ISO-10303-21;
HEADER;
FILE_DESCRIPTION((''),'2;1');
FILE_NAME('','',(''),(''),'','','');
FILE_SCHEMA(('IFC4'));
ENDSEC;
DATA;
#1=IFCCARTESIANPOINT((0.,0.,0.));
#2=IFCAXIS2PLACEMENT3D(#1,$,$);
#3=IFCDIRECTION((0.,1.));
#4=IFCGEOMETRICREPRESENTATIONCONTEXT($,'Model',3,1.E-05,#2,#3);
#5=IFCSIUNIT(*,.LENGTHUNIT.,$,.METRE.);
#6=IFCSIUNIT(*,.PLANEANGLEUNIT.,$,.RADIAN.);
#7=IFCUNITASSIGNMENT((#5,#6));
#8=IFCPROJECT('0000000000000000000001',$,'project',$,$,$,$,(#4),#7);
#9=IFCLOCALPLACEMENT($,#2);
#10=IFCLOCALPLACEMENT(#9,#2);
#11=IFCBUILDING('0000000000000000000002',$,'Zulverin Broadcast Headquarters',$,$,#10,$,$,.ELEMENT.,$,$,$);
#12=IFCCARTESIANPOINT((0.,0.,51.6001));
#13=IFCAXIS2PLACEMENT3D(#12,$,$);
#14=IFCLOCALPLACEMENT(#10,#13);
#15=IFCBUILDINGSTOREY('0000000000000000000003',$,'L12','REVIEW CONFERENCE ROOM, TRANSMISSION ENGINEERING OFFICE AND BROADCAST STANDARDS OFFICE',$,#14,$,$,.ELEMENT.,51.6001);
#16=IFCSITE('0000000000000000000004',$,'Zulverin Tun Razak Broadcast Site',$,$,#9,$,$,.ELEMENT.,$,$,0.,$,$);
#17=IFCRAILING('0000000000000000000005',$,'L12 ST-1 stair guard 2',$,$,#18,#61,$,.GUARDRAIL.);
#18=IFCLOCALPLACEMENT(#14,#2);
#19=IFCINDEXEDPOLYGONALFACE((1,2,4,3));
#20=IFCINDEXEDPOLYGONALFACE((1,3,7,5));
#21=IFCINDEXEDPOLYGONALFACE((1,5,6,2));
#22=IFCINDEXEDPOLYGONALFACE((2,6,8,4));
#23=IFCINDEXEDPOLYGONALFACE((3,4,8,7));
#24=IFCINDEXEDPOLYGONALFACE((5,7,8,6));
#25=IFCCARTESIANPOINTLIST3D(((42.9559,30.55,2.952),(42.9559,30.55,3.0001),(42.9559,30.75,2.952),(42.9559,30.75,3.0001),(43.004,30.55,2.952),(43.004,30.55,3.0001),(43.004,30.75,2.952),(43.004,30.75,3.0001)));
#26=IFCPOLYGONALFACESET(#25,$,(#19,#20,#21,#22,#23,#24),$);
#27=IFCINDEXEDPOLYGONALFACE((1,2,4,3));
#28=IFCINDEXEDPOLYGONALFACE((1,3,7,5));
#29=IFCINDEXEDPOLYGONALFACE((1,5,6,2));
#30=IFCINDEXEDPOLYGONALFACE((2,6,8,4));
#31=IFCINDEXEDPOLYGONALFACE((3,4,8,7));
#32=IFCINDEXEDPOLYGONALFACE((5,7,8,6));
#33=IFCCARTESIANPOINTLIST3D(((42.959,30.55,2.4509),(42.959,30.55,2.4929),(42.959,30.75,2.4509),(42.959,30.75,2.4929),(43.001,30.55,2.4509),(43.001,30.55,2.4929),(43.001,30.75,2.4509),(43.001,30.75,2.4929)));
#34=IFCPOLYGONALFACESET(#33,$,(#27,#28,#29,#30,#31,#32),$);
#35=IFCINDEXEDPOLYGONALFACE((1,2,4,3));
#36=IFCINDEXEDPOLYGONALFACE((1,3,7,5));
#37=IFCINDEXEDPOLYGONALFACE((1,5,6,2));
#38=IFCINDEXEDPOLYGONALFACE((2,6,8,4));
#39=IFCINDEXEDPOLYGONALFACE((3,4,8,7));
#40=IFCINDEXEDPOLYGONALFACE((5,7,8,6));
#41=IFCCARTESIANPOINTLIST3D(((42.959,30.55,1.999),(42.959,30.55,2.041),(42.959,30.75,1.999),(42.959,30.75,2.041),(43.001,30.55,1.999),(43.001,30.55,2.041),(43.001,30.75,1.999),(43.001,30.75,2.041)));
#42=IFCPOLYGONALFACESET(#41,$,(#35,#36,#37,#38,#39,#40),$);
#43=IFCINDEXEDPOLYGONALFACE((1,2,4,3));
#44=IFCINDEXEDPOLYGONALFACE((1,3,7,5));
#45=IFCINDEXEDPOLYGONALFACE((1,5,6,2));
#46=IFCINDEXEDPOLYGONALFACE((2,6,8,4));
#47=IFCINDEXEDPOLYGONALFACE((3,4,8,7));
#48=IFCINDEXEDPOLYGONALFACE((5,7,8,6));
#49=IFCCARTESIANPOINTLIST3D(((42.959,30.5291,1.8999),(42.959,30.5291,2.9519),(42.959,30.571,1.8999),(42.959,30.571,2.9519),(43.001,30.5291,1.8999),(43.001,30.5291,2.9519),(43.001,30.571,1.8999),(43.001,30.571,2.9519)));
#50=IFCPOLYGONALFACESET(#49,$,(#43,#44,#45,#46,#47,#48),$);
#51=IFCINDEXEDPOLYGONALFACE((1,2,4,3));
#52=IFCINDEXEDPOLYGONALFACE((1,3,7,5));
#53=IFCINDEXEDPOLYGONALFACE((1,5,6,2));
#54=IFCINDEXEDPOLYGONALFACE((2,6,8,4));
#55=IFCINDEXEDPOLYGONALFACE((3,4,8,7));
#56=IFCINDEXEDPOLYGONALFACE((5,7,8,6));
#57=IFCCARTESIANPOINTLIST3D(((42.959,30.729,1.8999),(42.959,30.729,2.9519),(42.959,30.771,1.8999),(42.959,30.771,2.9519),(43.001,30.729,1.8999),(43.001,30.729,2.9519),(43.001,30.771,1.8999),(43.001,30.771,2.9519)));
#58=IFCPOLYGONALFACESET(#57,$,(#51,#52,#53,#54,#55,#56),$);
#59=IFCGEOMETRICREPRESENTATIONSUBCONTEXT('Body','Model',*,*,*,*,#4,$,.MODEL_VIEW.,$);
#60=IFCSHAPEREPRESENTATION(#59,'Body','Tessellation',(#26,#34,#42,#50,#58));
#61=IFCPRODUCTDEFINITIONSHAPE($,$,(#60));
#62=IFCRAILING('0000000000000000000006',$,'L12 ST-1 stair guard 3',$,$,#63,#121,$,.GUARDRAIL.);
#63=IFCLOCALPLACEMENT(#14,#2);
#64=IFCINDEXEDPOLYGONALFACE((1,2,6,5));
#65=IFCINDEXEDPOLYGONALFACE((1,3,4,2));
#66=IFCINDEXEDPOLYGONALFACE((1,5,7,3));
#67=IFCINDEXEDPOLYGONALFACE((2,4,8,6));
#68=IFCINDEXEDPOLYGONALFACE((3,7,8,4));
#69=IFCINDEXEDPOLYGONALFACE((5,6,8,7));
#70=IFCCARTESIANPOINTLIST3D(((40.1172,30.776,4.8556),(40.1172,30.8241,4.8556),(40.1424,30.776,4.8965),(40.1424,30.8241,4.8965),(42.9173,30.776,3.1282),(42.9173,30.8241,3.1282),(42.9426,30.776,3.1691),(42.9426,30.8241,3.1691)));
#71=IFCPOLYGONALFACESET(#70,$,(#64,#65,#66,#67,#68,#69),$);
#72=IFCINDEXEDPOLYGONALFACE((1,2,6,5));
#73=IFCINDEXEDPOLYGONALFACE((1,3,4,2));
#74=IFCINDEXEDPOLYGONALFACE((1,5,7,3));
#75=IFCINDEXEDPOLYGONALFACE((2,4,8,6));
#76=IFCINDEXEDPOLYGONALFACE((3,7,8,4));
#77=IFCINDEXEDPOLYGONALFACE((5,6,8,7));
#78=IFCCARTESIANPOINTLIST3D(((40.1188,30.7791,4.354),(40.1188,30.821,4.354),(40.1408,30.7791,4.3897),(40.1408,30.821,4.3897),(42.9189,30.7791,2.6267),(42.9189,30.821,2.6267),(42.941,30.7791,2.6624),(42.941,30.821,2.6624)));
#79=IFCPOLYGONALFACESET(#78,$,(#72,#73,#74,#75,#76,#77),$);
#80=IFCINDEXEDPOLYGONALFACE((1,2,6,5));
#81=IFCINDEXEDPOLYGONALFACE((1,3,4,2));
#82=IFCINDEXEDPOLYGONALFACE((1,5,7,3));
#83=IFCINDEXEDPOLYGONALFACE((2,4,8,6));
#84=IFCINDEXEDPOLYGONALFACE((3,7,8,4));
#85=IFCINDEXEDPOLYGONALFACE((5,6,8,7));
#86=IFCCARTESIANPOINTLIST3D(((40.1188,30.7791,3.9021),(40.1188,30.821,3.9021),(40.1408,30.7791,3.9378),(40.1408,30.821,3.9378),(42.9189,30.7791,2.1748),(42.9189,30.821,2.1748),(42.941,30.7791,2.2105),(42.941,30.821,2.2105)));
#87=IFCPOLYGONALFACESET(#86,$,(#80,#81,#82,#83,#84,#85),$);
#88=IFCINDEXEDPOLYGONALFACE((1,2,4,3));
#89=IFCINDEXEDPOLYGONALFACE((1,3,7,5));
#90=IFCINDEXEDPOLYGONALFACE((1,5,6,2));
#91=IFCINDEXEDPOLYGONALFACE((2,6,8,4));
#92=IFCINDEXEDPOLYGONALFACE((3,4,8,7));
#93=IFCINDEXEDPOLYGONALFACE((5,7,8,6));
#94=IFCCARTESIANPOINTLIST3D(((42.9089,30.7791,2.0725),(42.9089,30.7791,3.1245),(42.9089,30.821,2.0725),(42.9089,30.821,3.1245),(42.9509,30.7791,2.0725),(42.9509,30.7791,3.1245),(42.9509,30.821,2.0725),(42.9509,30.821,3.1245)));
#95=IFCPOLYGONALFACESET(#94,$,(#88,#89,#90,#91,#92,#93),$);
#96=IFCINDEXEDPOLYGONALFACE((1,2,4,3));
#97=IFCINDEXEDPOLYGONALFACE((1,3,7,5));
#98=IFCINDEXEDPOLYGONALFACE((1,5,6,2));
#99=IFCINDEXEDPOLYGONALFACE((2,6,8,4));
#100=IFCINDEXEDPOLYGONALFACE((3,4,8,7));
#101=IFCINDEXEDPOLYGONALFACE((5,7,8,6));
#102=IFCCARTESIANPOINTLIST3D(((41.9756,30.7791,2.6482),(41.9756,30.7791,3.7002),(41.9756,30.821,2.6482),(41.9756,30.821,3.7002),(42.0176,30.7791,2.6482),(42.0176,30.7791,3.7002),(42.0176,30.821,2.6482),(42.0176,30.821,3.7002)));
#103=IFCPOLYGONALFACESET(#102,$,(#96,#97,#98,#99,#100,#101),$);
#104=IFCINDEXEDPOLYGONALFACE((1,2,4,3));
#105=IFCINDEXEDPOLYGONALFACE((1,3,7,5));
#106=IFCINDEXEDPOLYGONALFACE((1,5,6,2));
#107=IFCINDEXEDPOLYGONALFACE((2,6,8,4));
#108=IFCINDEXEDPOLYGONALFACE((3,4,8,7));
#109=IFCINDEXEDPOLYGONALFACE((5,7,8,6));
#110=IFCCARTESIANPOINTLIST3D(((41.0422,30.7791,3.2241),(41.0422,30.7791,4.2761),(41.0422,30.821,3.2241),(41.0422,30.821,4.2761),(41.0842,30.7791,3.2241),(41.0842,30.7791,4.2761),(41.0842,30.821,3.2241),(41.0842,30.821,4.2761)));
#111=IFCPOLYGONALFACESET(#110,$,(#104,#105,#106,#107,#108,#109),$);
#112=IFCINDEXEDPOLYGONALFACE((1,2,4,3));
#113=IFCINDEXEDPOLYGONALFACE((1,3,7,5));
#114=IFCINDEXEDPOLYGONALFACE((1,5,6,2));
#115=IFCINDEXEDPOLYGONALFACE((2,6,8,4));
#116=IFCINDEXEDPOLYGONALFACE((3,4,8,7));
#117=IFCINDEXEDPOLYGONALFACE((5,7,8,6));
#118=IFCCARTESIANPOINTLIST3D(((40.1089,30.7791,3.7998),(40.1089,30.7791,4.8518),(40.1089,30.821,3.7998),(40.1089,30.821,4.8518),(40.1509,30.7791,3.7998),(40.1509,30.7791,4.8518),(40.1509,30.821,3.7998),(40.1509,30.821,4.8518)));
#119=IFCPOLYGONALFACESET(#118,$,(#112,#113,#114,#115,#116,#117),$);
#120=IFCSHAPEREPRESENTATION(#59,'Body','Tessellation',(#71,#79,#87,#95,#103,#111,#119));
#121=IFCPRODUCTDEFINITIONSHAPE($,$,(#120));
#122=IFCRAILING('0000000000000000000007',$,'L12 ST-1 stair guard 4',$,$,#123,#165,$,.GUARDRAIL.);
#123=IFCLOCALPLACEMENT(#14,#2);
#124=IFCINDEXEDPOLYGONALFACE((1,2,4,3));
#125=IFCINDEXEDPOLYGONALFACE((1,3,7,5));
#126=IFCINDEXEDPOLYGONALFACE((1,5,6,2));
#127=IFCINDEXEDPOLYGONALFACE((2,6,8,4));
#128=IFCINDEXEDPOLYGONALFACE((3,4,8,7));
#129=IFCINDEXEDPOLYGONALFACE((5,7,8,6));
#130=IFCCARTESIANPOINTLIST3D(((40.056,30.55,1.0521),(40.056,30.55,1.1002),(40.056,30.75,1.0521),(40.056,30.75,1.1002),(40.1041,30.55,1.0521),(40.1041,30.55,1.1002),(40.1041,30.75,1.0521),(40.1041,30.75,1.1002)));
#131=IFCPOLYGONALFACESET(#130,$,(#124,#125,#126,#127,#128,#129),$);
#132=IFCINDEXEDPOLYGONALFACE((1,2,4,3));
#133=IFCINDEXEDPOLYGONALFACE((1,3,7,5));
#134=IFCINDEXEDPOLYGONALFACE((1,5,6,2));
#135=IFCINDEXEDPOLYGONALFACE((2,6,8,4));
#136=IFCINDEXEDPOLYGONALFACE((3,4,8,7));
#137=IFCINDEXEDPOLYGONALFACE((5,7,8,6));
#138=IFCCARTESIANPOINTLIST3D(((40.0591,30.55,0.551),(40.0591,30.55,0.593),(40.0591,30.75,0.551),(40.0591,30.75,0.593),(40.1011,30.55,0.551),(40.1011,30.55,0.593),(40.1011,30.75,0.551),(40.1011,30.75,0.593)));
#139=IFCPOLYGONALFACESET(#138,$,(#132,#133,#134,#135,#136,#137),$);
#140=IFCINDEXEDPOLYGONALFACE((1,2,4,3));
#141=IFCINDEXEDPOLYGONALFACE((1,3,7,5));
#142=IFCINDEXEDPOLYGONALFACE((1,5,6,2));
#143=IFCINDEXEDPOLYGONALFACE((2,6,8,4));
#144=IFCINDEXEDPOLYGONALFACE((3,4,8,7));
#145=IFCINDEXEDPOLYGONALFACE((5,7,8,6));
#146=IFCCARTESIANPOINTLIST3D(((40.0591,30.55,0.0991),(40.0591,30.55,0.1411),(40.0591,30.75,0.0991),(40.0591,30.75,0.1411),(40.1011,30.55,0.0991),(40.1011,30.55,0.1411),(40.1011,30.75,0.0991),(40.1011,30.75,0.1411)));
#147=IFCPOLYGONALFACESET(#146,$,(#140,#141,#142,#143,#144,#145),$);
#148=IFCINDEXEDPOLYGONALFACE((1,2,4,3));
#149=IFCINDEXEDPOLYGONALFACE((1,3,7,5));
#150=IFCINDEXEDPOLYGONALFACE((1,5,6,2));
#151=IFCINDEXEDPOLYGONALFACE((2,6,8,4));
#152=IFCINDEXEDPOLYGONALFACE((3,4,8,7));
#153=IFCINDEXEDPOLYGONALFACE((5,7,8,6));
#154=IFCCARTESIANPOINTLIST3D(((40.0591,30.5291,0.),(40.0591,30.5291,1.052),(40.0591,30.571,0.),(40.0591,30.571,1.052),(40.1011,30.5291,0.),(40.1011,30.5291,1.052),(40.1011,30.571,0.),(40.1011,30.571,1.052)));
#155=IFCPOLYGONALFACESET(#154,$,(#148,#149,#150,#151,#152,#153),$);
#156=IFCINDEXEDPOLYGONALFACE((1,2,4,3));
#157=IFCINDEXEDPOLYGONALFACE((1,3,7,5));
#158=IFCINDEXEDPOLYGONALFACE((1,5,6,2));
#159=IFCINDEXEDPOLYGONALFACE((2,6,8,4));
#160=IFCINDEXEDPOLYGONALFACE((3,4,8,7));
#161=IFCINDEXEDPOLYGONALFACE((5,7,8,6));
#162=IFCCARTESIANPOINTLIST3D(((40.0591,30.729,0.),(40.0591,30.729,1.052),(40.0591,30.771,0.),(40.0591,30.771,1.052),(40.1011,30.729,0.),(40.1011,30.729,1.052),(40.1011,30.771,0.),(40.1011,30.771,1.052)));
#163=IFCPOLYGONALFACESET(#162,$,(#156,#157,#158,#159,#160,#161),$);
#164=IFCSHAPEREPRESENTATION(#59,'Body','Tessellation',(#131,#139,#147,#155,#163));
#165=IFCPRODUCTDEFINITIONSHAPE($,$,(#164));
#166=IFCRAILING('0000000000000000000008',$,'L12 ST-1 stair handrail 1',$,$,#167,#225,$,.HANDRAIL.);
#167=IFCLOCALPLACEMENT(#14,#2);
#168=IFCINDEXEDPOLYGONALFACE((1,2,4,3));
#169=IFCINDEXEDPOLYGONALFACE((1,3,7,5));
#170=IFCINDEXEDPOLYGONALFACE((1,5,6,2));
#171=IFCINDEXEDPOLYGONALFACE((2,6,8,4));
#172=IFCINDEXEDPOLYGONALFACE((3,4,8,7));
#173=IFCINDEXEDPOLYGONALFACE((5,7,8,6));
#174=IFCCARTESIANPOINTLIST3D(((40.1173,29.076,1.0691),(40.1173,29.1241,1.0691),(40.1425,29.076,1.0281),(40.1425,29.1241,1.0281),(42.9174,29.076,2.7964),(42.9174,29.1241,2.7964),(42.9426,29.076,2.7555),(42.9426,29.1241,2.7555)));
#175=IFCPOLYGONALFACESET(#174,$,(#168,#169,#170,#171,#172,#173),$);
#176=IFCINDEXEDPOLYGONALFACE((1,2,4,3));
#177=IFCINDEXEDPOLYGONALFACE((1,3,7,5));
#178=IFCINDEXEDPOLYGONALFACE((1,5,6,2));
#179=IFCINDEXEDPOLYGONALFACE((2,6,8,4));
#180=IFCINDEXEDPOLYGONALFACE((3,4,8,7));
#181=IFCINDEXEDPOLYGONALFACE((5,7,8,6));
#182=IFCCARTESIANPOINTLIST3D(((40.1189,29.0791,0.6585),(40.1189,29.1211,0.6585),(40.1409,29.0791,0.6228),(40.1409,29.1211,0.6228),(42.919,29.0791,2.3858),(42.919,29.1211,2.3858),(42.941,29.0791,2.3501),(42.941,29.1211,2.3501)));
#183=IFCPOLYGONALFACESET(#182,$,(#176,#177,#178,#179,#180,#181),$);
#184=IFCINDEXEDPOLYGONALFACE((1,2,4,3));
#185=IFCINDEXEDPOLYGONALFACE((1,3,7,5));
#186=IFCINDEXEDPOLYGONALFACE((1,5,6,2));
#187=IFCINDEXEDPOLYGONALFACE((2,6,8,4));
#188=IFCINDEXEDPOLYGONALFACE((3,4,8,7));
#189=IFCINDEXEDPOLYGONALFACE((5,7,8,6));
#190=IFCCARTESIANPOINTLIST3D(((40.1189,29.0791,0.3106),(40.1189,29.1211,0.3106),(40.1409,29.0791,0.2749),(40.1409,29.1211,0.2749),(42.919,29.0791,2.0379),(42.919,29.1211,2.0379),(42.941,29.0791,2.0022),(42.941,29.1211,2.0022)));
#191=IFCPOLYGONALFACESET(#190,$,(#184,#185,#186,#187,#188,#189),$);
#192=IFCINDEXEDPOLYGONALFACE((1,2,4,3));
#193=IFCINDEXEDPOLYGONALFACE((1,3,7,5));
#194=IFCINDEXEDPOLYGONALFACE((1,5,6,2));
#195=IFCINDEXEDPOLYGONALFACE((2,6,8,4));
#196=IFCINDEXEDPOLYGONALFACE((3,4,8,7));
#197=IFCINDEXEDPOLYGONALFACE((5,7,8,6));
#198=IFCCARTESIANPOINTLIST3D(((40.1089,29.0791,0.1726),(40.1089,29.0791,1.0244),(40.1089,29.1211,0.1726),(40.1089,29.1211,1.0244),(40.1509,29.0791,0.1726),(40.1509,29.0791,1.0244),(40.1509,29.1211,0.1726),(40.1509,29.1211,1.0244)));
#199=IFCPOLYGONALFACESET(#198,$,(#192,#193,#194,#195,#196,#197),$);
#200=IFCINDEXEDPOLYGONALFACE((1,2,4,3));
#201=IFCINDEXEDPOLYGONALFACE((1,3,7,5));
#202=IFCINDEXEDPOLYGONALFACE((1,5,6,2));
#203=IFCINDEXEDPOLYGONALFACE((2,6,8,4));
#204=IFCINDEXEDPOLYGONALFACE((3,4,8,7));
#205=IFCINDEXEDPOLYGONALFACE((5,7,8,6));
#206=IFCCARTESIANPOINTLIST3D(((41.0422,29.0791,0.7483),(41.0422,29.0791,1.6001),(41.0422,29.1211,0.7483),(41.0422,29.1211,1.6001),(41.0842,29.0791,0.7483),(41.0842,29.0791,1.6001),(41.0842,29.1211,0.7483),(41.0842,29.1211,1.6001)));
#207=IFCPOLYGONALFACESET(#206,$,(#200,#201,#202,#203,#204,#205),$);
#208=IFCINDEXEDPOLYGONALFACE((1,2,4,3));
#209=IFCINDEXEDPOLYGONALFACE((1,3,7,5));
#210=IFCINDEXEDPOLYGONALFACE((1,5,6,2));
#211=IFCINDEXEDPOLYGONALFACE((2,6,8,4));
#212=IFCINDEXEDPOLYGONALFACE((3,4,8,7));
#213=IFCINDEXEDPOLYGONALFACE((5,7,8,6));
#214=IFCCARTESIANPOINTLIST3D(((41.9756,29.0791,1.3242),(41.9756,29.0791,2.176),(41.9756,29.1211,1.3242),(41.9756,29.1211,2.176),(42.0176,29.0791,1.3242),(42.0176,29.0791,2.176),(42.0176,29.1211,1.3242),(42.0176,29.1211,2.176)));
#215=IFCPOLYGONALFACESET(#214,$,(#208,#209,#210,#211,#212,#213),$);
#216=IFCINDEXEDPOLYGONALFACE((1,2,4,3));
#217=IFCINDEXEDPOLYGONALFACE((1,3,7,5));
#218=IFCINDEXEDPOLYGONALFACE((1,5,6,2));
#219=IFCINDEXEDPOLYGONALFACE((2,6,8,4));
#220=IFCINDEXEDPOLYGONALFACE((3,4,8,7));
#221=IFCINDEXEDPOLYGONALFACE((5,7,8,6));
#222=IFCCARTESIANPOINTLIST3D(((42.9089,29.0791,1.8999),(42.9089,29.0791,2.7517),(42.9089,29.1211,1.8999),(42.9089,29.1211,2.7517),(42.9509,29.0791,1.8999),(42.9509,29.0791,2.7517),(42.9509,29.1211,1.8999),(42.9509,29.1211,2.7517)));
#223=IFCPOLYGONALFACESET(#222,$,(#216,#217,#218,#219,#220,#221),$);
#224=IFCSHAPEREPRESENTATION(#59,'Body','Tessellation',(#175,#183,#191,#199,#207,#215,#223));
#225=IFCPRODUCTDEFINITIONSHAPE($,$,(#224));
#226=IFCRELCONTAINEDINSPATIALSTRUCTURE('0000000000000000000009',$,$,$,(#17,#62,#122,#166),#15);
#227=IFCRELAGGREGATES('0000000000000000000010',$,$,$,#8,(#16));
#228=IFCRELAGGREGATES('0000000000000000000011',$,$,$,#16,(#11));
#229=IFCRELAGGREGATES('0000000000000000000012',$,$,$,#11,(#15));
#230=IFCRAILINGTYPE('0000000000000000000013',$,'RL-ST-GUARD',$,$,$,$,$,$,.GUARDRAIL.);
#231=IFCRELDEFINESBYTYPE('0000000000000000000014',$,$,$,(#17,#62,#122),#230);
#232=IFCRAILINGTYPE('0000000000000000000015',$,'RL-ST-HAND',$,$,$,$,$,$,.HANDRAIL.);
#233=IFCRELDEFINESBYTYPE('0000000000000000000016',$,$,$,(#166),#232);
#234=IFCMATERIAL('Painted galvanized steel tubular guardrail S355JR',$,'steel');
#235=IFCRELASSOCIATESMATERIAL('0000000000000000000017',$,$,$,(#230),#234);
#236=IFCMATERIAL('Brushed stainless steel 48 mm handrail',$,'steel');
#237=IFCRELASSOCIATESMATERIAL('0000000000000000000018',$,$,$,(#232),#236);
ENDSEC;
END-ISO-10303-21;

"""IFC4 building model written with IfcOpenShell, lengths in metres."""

from ifc_helpers import new_model, si_unit, direction, frame, origin, origin_2d, place, context, subcontext, project, spatial, rectangle, extrude, material, type_object, element, save


model = new_model("IFC4")

# Units and contexts
model_context = context("Model", 3, precision=1e-05, world=origin(), true_north=direction((0.0, 1.0)))
body_context = subcontext(model_context, "Body", "Model", "MODEL_VIEW")
ifc_project = project(units=[si_unit("LENGTHUNIT", "METRE"), si_unit("PLANEANGLEUNIT", "RADIAN")], contexts=[model_context])

# Site, building, storey
site_placement = place(None, origin())
site = spatial("IfcSite", under=ifc_project, at=site_placement, Name="Zulverin Tun Razak Broadcast Site", CompositionType="ELEMENT", RefElevation=0.0)
building_placement = place(site_placement, origin())
building = spatial("IfcBuilding", under=site, at=building_placement, Name="Zulverin Broadcast Headquarters", CompositionType="ELEMENT")
storey_placement = place(building_placement, frame((0.0, 0.0, 51.6001)))
storey = spatial("IfcBuildingStorey", under=building, at=storey_placement, Name="L12", Description="REVIEW CONFERENCE ROOM, TRANSMISSION ENGINEERING OFFICE AND BROADCAST STANDARDS OFFICE", CompositionType="ELEMENT", Elevation=51.6001)

# Railings
ifc_material_1 = material(Name="Painted galvanized steel tubular guardrail S355JR", Category="steel")
railing_type_1 = type_object("IfcRailingType", Name="RL-ST-GUARD", PredefinedType="GUARDRAIL", material=ifc_material_1)
railing_1_placement = place(storey_placement, frame((42.98, 30.55, 1.8999)))
element("IfcRailing", 1, at=railing_1_placement, inside=storey, type_object=railing_type_1, Name="L12 ST-1 stair guard 2", PredefinedType="GUARDRAIL", context=body_context, shape_type="SweptSolid", body=[
    extrude(rectangle(XDim=0.0481, YDim=0.0481, at=origin_2d()), frame((0.0, 0.0, 1.0762), z_axis=(0.0, 1.0, 0.0), x_axis=(-1.0, 0.0, 0.0)), (0.0, 0.0, 1.0), 0.2),
    extrude(rectangle(XDim=0.042, YDim=0.042, at=origin_2d()), frame((0.0, 0.0, 0.572), z_axis=(0.0, 1.0, 0.0), x_axis=(-1.0, 0.0, 0.0)), (0.0, 0.0, 1.0), 0.2),
    extrude(rectangle(XDim=0.042, YDim=0.042, at=origin_2d()), frame((0.0, 0.0, 0.1201), z_axis=(0.0, 1.0, 0.0), x_axis=(-1.0, 0.0, 0.0)), (0.0, 0.0, 1.0), 0.2),
    extrude(rectangle(XDim=0.042, YDim=0.042, at=origin_2d()), origin(), (0.0, 0.0, 1.0), 1.052),
    extrude(rectangle(XDim=0.042, YDim=0.042, at=origin_2d()), frame((0.0, 0.2, 0.0)), (0.0, 0.0, 1.0), 1.052),
])
railing_2_placement = place(storey_placement, frame((42.9299, 30.8, 2.0725)))
element("IfcRailing", 2, at=railing_2_placement, inside=storey, type_object=railing_type_1, Name="L12 ST-1 stair guard 3", PredefinedType="GUARDRAIL", context=body_context, shape_type="SweptSolid", body=[
    extrude(rectangle(XDim=0.0481, YDim=0.0481, at=origin_2d()), frame((0.0, 0.0, 1.0762), z_axis=(-0.85109, 0.0, 0.52502), x_axis=(0.0, -1.0, 0.0)), (0.0, 0.0, 1.0), 3.29),
    extrude(rectangle(XDim=0.042, YDim=0.042, at=origin_2d()), frame((0.0, 0.0, 0.572), z_axis=(-0.85109, 0.0, 0.52502), x_axis=(0.0, -1.0, 0.0)), (0.0, 0.0, 1.0), 3.29),
    extrude(rectangle(XDim=0.042, YDim=0.042, at=origin_2d()), frame((0.0, 0.0, 0.1201), z_axis=(-0.85109, 0.0, 0.52502), x_axis=(0.0, -1.0, 0.0)), (0.0, 0.0, 1.0), 3.29),
    extrude(rectangle(XDim=0.042, YDim=0.042, at=origin_2d()), origin(), (0.0, 0.0, 1.0), 1.052),
    extrude(rectangle(XDim=0.042, YDim=0.042, at=origin_2d()), frame((-0.9333, 0.0, 0.5757)), (0.0, 0.0, 1.0), 1.052),
    extrude(rectangle(XDim=0.042, YDim=0.042, at=origin_2d()), frame((-1.8667, 0.0, 1.1516)), (0.0, 0.0, 1.0), 1.052),
    extrude(rectangle(XDim=0.042, YDim=0.042, at=origin_2d()), frame((-2.8, 0.0, 1.7273)), (0.0, 0.0, 1.0), 1.052),
])
railing_3_placement = place(storey_placement, frame((40.0801, 30.55, 0.0)))
element("IfcRailing", 3, at=railing_3_placement, inside=storey, type_object=railing_type_1, Name="L12 ST-1 stair guard 4", PredefinedType="GUARDRAIL", context=body_context, shape_type="SweptSolid", body=[
    extrude(rectangle(XDim=0.0481, YDim=0.0481, at=origin_2d()), frame((0.0, 0.0, 1.0762), z_axis=(0.0, 1.0, 0.0), x_axis=(-1.0, 0.0, 0.0)), (0.0, 0.0, 1.0), 0.2),
    extrude(rectangle(XDim=0.042, YDim=0.042, at=origin_2d()), frame((0.0, 0.0, 0.572), z_axis=(0.0, 1.0, 0.0), x_axis=(-1.0, 0.0, 0.0)), (0.0, 0.0, 1.0), 0.2),
    extrude(rectangle(XDim=0.042, YDim=0.042, at=origin_2d()), frame((0.0, 0.0, 0.1201), z_axis=(0.0, 1.0, 0.0), x_axis=(-1.0, 0.0, 0.0)), (0.0, 0.0, 1.0), 0.2),
    extrude(rectangle(XDim=0.042, YDim=0.042, at=origin_2d()), origin(), (0.0, 0.0, 1.0), 1.052),
    extrude(rectangle(XDim=0.042, YDim=0.042, at=origin_2d()), frame((0.0, 0.2, 0.0)), (0.0, 0.0, 1.0), 1.052),
])
ifc_material_2 = material(Name="Brushed stainless steel 48 mm handrail", Category="steel")
railing_type_2 = type_object("IfcRailingType", Name="RL-ST-HAND", PredefinedType="HANDRAIL", material=ifc_material_2)
railing_4_placement = place(storey_placement, frame((40.1299, 29.1001, 0.1726)))
element("IfcRailing", 4, at=railing_4_placement, inside=storey, type_object=railing_type_2, Name="L12 ST-1 stair handrail 1", PredefinedType="HANDRAIL", context=body_context, shape_type="SweptSolid", body=[
    extrude(rectangle(XDim=0.0481, YDim=0.0481, at=origin_2d()), frame((0.0, 0.0, 0.876), z_axis=(0.85109, 0.0, 0.52502), x_axis=(0.0, 1.0, 0.0)), (0.0, 0.0, 1.0), 3.29),
    extrude(rectangle(XDim=0.042, YDim=0.042, at=origin_2d()), frame((0.0, 0.0, 0.468), z_axis=(0.85109, 0.0, 0.52502), x_axis=(0.0, 1.0, 0.0)), (0.0, 0.0, 1.0), 3.29),
    extrude(rectangle(XDim=0.042, YDim=0.042, at=origin_2d()), frame((0.0, 0.0, 0.1201), z_axis=(0.85109, 0.0, 0.52502), x_axis=(0.0, 1.0, 0.0)), (0.0, 0.0, 1.0), 3.29),
    extrude(rectangle(XDim=0.042, YDim=0.042, at=origin_2d()), origin(), (0.0, 0.0, 1.0), 0.8518),
    extrude(rectangle(XDim=0.042, YDim=0.042, at=origin_2d()), frame((0.9333, 0.0, 0.5757)), (0.0, 0.0, 1.0), 0.8518),
    extrude(rectangle(XDim=0.042, YDim=0.042, at=origin_2d()), frame((1.8667, 0.0, 1.1516)), (0.0, 0.0, 1.0), 0.8518),
    extrude(rectangle(XDim=0.042, YDim=0.042, at=origin_2d()), frame((2.8, 0.0, 1.7273)), (0.0, 0.0, 1.0), 0.8518),
])

save(model, "model.ifc")
